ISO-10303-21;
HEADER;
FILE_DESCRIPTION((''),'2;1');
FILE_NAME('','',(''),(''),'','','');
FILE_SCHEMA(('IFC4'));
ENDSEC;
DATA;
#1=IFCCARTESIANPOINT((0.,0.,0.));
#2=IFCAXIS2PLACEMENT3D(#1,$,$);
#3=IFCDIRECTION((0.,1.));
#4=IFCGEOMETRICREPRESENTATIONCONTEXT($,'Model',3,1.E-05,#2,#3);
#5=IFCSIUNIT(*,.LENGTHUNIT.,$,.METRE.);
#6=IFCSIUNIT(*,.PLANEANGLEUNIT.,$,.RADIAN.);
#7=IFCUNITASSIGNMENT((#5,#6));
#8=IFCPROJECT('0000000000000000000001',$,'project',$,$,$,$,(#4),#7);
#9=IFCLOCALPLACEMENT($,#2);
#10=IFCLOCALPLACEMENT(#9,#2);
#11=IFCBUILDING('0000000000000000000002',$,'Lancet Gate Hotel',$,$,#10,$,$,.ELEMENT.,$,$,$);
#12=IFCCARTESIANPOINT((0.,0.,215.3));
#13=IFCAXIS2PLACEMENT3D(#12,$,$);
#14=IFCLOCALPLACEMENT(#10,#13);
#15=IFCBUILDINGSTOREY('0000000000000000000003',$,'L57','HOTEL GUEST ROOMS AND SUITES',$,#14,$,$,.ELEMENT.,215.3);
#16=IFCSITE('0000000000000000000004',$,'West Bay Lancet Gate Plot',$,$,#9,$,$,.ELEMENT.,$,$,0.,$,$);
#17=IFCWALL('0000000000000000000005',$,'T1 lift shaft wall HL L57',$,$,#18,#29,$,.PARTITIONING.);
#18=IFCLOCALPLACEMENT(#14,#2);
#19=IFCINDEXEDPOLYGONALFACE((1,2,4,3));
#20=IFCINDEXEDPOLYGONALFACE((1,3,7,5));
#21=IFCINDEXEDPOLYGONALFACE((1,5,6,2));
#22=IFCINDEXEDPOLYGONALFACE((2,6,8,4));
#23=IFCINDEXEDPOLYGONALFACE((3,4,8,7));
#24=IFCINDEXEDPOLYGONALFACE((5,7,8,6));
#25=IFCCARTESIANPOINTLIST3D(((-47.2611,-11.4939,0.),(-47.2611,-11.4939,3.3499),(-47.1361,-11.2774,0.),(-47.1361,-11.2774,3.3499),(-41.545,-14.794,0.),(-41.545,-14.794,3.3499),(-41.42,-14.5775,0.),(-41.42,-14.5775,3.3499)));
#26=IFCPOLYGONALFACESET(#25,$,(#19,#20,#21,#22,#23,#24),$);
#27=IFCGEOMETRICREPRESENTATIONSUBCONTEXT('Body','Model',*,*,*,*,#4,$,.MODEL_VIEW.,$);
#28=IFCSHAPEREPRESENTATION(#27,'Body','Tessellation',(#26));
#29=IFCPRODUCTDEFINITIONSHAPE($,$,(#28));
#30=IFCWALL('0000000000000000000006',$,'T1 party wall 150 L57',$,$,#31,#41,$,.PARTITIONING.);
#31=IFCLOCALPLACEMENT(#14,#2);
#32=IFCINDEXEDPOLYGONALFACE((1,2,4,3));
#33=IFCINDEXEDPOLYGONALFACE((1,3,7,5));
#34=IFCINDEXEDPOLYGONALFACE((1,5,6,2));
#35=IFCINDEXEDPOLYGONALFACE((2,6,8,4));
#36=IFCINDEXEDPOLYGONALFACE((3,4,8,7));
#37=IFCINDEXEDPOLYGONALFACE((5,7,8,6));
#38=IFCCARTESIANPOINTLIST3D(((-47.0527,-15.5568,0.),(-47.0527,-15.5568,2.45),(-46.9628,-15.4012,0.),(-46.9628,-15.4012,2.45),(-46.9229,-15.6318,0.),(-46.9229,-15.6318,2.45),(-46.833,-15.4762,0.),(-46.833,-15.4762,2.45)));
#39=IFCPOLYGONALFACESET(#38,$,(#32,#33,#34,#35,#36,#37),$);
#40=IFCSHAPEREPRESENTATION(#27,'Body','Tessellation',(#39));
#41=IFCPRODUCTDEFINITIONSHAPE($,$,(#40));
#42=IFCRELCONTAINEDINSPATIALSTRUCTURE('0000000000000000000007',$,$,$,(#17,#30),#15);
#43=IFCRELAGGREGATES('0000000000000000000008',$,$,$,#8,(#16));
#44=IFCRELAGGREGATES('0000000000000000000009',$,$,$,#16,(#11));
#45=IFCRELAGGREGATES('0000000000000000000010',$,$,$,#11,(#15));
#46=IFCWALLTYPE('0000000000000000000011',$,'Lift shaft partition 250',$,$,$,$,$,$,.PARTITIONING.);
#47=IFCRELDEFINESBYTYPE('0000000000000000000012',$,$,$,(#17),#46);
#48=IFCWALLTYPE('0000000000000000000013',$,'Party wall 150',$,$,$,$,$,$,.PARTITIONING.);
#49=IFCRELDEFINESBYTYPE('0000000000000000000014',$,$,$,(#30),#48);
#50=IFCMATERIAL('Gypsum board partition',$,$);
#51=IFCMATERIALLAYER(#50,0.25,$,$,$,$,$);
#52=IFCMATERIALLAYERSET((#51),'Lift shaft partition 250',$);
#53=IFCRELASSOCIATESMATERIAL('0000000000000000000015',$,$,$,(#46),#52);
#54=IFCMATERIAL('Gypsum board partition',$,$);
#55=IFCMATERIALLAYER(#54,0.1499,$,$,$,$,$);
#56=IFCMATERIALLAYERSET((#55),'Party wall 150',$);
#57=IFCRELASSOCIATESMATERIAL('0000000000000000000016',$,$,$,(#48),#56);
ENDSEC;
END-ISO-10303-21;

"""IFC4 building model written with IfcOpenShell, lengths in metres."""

from ifc_helpers import new_model, si_unit, direction, frame, frame_2d, origin, place, context, subcontext, project, spatial, rectangle, extrude, material, layer, layer_set, type_object, element, save


model = new_model("IFC4")

# Units and contexts
model_context = context("Model", 3, precision=1e-05, world=origin(), true_north=direction((0.0, 1.0)))
body_context = subcontext(model_context, "Body", "Model", "MODEL_VIEW")
ifc_project = project(units=[si_unit("LENGTHUNIT", "METRE"), si_unit("PLANEANGLEUNIT", "RADIAN")], contexts=[model_context])

# Site, building, storey
site_placement = place(None, origin())
site = spatial("IfcSite", under=ifc_project, at=site_placement, Name="West Bay Lancet Gate Plot", CompositionType="ELEMENT", RefElevation=0.0)
building_placement = place(site_placement, origin())
building = spatial("IfcBuilding", under=site, at=building_placement, Name="Lancet Gate Hotel", CompositionType="ELEMENT")
storey_placement = place(building_placement, frame((0.0, 0.0, 215.3)))
storey = spatial("IfcBuildingStorey", under=building, at=storey_placement, Name="L57", Description="HOTEL GUEST ROOMS AND SUITES", CompositionType="ELEMENT", Elevation=215.3)

# Walls
ifc_material_1 = material(Name="Gypsum board partition")
ifc_layer_1 = layer(ifc_material_1, 0.25)
ifc_layer_set_1 = layer_set([ifc_layer_1], Name="Lift shaft partition 250")
wall_type_1 = type_object("IfcWallType", Name="Lift shaft partition 250", PredefinedType="PARTITIONING", material=ifc_layer_set_1)
wall_1_placement = place(storey_placement, frame((-41.4824, -14.6858, 0.0), z_axis=(0.0, 0.0, 1.0), x_axis=(-0.866033, 0.499986, 0.0)))
element("IfcWall", 1, at=wall_1_placement, inside=storey, type_object=wall_type_1, Name="T1 lift shaft wall HL L57", PredefinedType="PARTITIONING", context=body_context, shape_type="SweptSolid", body=[
    extrude(rectangle(XDim=6.6003, YDim=0.25, at=frame_2d((3.3003, 0.0))), origin(), (0.0, 0.0, 1.0), 3.3499),
])
ifc_material_2 = material(Name="Gypsum board partition")
ifc_layer_2 = layer(ifc_material_2, 0.1499)
ifc_layer_set_2 = layer_set([ifc_layer_2], Name="Party wall 150")
wall_type_2 = type_object("IfcWallType", Name="Party wall 150", PredefinedType="PARTITIONING", material=ifc_layer_set_2)
wall_2_placement = place(storey_placement, frame((-46.8979, -15.4387, 0.0), z_axis=(0.0, 0.0, 1.0), x_axis=(-0.500232, -0.865891, 0.0)))
element("IfcWall", 2, at=wall_2_placement, inside=storey, type_object=wall_type_2, Name="T1 party wall 150 L57", PredefinedType="PARTITIONING", context=body_context, shape_type="SweptSolid", body=[
    extrude(rectangle(XDim=0.1797, YDim=0.1499, at=frame_2d((0.0898, 0.0))), origin(), (0.0, 0.0, 1.0), 2.45),
])

save(model, "model.ifc")
